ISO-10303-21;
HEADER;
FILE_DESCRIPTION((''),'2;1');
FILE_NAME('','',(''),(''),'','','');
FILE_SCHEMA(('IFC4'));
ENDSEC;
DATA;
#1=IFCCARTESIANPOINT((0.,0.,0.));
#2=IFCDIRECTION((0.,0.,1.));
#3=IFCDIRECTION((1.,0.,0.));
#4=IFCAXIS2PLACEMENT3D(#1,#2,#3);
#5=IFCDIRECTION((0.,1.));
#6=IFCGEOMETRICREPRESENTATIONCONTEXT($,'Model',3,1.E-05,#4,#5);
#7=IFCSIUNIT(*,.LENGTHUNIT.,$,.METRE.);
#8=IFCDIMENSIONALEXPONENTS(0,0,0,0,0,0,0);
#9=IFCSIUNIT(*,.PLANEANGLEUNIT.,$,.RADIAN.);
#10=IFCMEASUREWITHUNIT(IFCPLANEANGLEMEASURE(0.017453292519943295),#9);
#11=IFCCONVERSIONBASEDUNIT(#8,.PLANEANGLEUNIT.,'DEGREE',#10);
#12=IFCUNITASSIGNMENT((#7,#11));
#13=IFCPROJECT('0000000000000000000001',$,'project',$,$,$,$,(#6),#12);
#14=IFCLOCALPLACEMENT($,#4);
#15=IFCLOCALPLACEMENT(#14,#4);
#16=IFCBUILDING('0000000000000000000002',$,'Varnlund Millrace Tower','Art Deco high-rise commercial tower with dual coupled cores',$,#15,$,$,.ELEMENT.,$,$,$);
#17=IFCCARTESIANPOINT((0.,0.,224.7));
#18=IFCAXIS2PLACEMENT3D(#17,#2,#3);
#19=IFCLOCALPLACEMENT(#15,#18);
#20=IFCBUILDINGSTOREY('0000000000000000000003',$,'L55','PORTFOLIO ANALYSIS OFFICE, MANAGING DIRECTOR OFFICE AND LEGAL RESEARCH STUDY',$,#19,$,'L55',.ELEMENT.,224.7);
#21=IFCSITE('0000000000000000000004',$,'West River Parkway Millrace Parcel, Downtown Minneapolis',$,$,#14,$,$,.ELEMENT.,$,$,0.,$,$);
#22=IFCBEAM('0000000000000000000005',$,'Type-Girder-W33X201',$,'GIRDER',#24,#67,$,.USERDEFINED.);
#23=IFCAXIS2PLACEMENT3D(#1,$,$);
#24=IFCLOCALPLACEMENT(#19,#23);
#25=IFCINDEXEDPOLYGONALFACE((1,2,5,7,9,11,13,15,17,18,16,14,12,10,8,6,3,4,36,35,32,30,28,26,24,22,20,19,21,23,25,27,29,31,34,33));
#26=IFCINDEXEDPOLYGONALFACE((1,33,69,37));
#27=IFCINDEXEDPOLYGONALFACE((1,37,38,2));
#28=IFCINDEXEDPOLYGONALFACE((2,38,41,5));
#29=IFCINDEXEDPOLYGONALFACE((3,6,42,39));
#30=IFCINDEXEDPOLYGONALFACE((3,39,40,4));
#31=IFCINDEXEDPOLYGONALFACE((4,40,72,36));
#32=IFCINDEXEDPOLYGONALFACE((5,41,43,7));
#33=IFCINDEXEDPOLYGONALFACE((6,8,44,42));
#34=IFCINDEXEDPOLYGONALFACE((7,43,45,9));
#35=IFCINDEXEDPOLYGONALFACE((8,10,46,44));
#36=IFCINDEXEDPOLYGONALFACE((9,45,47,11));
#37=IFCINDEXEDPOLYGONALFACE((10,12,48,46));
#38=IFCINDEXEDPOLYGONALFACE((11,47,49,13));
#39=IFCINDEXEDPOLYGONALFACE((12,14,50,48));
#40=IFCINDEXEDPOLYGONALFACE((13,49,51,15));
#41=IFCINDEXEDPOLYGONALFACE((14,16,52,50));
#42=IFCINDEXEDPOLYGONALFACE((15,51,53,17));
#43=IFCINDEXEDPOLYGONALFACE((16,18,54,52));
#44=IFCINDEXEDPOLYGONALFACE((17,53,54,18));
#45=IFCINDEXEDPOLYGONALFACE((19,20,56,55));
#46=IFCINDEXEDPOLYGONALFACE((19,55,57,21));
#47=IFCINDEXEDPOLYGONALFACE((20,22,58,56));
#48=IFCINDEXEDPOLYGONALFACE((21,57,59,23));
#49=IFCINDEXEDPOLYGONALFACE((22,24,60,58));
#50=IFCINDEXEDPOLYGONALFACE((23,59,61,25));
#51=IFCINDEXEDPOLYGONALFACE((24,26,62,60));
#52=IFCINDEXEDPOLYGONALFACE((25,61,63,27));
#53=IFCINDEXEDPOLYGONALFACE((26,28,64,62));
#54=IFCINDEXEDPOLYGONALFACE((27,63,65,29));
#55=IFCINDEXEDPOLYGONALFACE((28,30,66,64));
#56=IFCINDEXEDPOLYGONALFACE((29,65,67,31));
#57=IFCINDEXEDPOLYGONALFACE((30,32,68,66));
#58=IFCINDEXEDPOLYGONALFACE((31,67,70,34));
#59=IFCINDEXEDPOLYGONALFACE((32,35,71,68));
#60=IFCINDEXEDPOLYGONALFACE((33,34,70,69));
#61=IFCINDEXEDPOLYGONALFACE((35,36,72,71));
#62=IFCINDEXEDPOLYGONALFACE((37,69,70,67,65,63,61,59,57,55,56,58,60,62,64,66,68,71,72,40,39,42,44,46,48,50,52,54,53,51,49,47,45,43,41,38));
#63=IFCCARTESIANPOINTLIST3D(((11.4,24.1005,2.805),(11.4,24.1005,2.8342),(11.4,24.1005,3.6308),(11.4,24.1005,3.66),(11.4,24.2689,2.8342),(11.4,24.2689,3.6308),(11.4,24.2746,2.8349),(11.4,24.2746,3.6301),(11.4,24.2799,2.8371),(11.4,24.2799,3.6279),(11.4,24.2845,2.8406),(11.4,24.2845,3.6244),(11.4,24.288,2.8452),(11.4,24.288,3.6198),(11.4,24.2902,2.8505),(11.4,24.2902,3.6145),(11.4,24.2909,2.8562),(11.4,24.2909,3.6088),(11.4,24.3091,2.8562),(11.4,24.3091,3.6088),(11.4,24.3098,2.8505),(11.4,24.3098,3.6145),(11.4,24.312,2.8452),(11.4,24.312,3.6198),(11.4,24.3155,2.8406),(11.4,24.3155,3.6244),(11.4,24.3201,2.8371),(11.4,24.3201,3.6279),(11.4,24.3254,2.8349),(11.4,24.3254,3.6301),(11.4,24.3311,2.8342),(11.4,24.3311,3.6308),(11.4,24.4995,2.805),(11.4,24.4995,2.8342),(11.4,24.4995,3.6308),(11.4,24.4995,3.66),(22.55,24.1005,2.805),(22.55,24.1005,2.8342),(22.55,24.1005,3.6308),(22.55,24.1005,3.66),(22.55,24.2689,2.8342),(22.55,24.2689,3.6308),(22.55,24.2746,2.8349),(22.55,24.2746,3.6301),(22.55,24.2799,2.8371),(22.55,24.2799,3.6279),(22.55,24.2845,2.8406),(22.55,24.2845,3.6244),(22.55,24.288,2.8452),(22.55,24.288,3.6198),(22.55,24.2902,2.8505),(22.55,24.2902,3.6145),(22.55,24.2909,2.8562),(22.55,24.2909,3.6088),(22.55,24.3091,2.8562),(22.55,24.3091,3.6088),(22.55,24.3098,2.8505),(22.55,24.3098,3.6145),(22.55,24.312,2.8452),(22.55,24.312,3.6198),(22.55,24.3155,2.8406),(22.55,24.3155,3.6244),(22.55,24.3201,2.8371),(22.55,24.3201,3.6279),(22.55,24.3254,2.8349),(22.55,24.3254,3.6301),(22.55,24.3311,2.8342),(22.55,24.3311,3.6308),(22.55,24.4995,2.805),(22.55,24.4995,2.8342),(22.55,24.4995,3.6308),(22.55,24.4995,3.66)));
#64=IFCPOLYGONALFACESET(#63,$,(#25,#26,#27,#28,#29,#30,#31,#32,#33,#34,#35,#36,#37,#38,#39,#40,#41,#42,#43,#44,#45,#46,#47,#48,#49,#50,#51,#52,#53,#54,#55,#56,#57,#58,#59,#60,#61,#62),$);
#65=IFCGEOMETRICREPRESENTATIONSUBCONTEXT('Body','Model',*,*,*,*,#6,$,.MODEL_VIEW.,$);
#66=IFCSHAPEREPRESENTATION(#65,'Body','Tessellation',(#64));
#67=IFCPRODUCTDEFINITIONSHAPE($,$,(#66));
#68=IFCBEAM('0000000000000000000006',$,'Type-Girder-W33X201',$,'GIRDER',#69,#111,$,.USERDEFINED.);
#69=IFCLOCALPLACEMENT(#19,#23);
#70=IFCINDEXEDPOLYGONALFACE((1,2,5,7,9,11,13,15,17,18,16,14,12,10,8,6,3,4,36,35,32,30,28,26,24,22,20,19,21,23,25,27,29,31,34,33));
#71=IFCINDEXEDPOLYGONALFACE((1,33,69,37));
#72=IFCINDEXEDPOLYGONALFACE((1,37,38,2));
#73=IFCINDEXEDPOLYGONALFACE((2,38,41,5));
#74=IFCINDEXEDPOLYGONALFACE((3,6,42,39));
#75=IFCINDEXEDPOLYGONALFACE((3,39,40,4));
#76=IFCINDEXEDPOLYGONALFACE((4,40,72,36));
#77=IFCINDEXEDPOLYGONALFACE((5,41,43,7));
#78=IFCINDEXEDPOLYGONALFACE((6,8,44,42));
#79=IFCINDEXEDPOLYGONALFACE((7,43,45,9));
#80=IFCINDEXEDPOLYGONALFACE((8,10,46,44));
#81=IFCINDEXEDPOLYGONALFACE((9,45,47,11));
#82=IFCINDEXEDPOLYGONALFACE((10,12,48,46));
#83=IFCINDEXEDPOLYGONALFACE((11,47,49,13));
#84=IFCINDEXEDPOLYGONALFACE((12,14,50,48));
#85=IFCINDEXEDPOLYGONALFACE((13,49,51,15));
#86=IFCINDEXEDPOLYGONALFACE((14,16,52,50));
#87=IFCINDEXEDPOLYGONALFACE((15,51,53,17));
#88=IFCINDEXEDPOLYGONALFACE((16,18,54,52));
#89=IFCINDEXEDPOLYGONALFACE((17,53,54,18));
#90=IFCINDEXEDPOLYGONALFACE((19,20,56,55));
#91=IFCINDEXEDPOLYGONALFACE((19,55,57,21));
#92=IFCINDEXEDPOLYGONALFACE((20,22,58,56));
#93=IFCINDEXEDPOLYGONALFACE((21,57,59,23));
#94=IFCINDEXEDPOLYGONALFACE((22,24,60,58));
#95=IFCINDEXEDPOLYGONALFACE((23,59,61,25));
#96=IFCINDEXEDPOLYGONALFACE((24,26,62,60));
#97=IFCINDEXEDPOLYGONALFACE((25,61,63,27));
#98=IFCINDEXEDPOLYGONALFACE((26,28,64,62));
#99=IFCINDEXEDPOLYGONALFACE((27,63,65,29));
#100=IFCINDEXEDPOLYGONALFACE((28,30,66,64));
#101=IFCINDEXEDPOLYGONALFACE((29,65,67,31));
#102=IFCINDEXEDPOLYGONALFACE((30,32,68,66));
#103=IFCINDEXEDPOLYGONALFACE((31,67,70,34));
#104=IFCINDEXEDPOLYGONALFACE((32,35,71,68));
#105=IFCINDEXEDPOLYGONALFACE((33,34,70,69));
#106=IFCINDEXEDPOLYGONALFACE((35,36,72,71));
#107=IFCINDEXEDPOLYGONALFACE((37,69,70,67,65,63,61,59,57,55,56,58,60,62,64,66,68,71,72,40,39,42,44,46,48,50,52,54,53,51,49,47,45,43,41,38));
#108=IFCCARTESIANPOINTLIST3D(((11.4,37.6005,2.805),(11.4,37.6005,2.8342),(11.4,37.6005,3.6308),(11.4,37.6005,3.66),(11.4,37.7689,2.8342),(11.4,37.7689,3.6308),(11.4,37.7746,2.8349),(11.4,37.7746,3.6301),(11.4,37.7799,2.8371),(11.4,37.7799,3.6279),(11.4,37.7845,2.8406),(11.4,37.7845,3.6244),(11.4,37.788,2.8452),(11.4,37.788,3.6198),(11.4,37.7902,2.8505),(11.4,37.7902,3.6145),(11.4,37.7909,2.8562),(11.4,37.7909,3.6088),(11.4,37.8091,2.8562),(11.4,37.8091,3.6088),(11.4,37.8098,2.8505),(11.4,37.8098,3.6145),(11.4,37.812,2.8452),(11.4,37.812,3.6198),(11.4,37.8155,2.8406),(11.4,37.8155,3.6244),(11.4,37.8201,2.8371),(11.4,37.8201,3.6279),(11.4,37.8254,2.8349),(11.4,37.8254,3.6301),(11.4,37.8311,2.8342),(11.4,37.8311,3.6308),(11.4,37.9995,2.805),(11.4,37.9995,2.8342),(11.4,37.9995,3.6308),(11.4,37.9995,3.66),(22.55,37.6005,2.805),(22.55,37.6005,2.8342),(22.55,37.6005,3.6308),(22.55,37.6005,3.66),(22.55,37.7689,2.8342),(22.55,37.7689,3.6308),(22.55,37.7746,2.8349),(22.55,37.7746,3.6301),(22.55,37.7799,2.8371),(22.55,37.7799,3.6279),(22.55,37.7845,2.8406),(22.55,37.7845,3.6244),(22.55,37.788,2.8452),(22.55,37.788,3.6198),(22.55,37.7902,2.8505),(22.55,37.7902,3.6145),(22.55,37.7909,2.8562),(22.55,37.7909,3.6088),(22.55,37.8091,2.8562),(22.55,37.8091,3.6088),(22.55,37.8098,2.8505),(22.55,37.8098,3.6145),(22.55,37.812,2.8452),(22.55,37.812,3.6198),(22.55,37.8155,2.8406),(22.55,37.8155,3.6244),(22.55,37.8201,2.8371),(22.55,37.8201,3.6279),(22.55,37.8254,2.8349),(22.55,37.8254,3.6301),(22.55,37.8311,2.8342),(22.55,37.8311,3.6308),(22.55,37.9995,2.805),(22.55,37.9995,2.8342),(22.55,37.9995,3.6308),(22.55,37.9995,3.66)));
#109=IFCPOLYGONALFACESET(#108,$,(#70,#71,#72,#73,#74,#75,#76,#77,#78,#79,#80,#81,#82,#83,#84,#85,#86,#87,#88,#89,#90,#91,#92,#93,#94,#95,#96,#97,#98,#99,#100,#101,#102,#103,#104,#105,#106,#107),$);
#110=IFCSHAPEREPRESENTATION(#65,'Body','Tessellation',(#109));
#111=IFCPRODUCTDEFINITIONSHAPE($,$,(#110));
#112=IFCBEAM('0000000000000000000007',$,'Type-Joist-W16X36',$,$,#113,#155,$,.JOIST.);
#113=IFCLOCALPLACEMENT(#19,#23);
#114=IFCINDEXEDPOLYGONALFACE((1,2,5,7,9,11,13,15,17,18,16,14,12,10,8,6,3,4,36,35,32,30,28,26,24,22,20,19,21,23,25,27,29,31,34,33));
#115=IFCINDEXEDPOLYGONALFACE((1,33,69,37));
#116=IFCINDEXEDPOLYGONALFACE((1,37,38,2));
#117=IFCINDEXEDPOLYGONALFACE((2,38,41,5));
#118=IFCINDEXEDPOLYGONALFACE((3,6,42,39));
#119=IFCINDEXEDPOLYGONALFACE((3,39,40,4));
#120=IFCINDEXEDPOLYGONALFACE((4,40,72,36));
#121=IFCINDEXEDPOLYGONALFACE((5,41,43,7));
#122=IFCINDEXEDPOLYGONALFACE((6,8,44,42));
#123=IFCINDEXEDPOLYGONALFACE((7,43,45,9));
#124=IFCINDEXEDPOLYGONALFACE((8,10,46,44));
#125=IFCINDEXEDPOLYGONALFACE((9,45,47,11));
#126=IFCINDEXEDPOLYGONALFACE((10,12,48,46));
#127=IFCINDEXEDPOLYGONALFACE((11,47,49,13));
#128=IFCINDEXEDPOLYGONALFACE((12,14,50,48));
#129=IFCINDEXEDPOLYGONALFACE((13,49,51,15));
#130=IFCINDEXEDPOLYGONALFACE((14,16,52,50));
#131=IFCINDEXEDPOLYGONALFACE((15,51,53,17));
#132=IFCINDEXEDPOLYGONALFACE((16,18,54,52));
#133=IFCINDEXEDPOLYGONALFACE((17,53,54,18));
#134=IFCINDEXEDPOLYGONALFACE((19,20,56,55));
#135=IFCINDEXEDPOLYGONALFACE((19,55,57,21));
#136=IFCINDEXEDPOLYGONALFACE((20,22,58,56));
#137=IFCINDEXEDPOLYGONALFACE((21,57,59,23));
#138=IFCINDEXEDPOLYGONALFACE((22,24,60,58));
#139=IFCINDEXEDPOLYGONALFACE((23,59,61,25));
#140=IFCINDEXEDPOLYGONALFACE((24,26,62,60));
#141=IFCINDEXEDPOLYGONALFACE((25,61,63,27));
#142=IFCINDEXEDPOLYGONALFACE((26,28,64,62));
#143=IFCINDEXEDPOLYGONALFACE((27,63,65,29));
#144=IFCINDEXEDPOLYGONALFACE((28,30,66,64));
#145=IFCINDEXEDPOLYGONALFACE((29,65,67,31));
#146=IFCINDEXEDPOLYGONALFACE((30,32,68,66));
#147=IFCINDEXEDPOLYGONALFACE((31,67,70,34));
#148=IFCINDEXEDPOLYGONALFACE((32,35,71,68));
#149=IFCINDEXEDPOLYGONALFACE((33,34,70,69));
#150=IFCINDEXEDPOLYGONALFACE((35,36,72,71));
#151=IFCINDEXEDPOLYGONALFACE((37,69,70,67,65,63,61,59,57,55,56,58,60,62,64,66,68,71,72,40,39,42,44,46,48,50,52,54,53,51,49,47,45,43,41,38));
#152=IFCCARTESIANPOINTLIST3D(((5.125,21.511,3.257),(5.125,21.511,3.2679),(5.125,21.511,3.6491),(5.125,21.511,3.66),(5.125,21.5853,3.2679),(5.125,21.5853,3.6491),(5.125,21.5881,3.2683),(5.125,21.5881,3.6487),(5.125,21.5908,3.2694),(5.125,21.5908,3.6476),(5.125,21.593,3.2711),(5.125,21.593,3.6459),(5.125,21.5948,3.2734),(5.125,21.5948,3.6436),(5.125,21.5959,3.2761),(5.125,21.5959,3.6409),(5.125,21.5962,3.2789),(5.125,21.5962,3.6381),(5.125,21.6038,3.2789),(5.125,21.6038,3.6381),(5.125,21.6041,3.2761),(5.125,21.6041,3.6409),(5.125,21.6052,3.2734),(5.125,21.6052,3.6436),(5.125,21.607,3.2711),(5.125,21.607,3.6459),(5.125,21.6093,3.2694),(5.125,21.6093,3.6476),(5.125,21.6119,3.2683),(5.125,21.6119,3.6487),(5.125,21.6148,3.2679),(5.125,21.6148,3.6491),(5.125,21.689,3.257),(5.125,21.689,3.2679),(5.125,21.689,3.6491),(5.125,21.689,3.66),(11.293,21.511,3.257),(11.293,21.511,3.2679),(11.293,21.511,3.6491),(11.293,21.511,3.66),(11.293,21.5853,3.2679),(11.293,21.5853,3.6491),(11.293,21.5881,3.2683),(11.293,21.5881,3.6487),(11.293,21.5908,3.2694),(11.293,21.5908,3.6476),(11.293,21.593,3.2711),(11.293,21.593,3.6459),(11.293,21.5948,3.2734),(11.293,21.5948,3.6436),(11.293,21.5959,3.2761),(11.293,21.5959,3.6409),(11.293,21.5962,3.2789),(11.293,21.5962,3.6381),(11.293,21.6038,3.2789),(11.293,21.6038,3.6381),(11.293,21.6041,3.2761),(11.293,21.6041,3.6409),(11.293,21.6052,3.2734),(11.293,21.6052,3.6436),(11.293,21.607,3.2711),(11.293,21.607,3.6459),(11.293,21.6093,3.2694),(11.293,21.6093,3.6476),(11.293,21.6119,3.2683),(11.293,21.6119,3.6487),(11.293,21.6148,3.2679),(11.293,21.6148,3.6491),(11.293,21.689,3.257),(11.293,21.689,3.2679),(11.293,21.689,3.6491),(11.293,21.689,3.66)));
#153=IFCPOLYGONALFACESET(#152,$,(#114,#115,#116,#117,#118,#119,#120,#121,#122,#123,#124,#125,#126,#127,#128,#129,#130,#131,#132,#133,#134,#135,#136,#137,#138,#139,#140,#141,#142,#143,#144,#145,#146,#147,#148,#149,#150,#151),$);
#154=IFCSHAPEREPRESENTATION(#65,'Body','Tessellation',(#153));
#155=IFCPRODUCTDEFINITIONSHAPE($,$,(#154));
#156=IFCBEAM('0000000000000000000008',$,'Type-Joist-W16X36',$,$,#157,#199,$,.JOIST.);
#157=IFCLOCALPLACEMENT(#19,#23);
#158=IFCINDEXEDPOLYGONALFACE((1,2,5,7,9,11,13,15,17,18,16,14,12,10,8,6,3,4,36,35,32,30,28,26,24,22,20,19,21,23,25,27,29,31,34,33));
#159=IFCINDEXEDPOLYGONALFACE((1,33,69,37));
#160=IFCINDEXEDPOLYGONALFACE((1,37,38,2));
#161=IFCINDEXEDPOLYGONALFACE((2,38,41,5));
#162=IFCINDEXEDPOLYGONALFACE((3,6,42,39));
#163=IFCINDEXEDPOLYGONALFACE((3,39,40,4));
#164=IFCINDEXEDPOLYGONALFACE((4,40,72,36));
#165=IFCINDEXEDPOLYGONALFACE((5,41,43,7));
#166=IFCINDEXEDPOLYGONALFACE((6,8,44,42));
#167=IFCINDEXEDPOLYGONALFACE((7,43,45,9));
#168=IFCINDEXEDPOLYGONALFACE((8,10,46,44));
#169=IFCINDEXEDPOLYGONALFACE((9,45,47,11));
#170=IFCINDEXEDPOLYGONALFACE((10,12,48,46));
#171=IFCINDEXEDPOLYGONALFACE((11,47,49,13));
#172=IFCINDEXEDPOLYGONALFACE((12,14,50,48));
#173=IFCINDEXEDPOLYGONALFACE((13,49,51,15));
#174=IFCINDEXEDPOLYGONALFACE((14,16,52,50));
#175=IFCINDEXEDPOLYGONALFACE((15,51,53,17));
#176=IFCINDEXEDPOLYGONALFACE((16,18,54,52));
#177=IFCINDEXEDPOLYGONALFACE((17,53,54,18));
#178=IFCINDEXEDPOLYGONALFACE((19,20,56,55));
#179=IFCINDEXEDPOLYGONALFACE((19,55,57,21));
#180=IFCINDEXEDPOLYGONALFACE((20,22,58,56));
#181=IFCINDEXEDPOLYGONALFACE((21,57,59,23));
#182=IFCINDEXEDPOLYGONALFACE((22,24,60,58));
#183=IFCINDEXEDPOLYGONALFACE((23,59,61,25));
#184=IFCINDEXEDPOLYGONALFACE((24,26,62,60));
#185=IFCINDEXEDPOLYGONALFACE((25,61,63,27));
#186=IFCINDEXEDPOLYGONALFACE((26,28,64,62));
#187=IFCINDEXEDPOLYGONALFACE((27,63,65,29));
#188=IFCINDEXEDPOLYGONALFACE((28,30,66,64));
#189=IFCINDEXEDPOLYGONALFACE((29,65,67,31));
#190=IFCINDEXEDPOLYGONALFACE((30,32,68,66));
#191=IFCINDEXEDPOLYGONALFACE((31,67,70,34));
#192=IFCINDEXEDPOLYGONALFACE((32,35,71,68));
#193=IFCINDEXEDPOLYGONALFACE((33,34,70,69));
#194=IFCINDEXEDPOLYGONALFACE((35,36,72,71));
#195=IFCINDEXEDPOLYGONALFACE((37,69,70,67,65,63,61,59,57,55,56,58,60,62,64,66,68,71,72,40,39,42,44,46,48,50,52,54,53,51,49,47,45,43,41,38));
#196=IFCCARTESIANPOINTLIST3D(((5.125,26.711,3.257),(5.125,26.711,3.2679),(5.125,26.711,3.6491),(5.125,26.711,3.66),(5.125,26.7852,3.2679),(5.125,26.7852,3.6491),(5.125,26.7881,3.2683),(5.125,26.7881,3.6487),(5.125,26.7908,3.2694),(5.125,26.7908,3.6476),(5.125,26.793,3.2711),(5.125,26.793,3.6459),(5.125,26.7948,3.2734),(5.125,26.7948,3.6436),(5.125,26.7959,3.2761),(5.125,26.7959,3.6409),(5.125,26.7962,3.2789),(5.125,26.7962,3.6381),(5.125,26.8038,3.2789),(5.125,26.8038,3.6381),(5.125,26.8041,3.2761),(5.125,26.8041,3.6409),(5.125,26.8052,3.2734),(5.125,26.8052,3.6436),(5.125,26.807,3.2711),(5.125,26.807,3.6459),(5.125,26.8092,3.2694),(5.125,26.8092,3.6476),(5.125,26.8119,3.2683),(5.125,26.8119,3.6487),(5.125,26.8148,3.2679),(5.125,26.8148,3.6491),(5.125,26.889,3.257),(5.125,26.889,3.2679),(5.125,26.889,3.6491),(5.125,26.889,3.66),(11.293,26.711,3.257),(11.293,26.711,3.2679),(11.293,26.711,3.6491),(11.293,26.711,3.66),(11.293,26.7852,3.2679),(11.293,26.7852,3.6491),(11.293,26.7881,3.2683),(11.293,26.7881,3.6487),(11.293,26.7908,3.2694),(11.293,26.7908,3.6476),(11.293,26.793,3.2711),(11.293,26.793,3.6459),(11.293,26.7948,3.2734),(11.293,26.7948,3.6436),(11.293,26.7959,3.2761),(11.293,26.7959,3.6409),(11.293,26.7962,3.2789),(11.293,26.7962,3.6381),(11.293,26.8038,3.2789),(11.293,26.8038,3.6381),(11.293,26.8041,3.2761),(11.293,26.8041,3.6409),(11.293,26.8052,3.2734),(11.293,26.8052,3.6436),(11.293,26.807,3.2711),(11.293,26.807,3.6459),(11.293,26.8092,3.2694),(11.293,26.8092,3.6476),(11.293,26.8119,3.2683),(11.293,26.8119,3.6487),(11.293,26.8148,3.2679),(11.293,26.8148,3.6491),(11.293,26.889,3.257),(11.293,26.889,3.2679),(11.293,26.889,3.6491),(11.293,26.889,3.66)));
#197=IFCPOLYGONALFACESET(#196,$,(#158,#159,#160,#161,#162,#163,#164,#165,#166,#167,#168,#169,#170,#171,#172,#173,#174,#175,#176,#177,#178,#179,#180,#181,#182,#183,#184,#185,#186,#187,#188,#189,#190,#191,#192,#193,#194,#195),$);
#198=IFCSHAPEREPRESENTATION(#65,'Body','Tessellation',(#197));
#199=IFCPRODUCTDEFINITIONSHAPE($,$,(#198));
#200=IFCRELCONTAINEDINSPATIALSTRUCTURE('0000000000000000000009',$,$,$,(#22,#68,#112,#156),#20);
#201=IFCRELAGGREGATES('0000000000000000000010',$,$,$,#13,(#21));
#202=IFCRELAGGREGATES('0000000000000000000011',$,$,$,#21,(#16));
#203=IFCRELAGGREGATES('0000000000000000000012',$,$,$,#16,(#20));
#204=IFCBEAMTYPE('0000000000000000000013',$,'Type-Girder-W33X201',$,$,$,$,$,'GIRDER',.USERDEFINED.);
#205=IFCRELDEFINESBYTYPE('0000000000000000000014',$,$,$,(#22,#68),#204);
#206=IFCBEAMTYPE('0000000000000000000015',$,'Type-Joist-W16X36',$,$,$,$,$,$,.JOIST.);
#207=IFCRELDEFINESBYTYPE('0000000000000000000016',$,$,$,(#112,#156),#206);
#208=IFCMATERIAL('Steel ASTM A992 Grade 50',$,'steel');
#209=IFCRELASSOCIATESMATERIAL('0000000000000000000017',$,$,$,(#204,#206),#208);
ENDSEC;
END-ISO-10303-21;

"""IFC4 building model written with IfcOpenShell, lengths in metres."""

from ifc_helpers import new_model, entity, si_unit, converted_unit, direction, frame, origin_with_axes, origin_2d_with_axis, place, context, subcontext, project, spatial, i_section, extrude, material, material_profile, profile_set, type_object, element, save


model = new_model("IFC4")

# Units and contexts
model_context = context("Model", 3, precision=1e-05, world=origin_with_axes(), true_north=direction((0.0, 1.0)))
body_context = subcontext(model_context, "Body", "Model", "MODEL_VIEW")
ifc_project = project(units=[si_unit("LENGTHUNIT", "METRE"), converted_unit("PLANEANGLEUNIT", "DEGREE", entity("IfcPlaneAngleMeasure", 0.017453292519943295), si_unit("PLANEANGLEUNIT", "RADIAN"), dimensions=[0, 0, 0, 0, 0, 0, 0])], contexts=[model_context])

# Site, building, storey
site_placement = place(None, origin_with_axes())
site = spatial("IfcSite", under=ifc_project, at=site_placement, Name="West River Parkway Millrace Parcel, Downtown Minneapolis", CompositionType="ELEMENT", RefElevation=0.0)
building_placement = place(site_placement, origin_with_axes())
building = spatial("IfcBuilding", under=site, at=building_placement, Name="Varnlund Millrace Tower", Description="Art Deco high-rise commercial tower with dual coupled cores", CompositionType="ELEMENT")
storey_placement = place(building_placement, frame((0.0, 0.0, 224.7), z_axis=(0.0, 0.0, 1.0), x_axis=(1.0, 0.0, 0.0)))
storey = spatial("IfcBuildingStorey", under=building, at=storey_placement, Name="L55", Description="PORTFOLIO ANALYSIS OFFICE, MANAGING DIRECTOR OFFICE AND LEGAL RESEARCH STUDY", LongName="L55", CompositionType="ELEMENT", Elevation=224.7)

# Beams
ifc_material_1 = material(Name="Steel ASTM A992 Grade 50", Category="steel")
ifc_material_profile_1 = material_profile(ifc_material_1, i_section(OverallWidth=0.399, OverallDepth=0.855, WebThickness=0.0182, FlangeThickness=0.0292, FilletRadius=0.022, at=origin_2d_with_axis()), Name="Steel ASTM A992 Grade 50")
ifc_profile_set_1 = profile_set([ifc_material_profile_1], Name="Steel ASTM A992 Grade 50")
beam_type_1 = type_object("IfcBeamType", Name="Type-Girder-W33X201", ElementType="GIRDER", PredefinedType="USERDEFINED", material=ifc_profile_set_1)
for number, where, z_axis, x_axis, name in (
    (1, (11.4, 24.3, 3.2325), (1.0, 0.0, 0.0), (0.0, 1.0, 0.0), "Type-Girder-W33X201"),
    (2, (11.4, 37.8, 3.2325), (1.0, 0.0, 0.0), (0.0, 1.0, 0.0), "Type-Girder-W33X201"),
):
    element("IfcBeam", number, at=place(storey_placement, frame(where, z_axis=z_axis, x_axis=x_axis)), inside=storey, type_object=beam_type_1, Name=name, ObjectType="GIRDER", PredefinedType="USERDEFINED", context=body_context, shape_type="SweptSolid", body=[
        extrude(i_section(OverallWidth=0.399, OverallDepth=0.855, WebThickness=0.0182, FlangeThickness=0.0292, FilletRadius=0.022, at=origin_2d_with_axis()), origin_with_axes(), (0.0, 0.0, 1.0), 11.15),
    ])
ifc_material_profile_2 = material_profile(ifc_material_1, i_section(OverallWidth=0.178, OverallDepth=0.403, WebThickness=0.0075, FlangeThickness=0.0109, FilletRadius=0.011, at=origin_2d_with_axis()), Name="Steel ASTM A992 Grade 50")
ifc_profile_set_2 = profile_set([ifc_material_profile_2], Name="Steel ASTM A992 Grade 50")
beam_type_2 = type_object("IfcBeamType", Name="Type-Joist-W16X36", PredefinedType="JOIST", material=ifc_profile_set_2)
for number, where, z_axis, x_axis, name in (
    (3, (5.125, 21.6, 3.4585), (1.0, 0.0, 0.0), (0.0, 1.0, 0.0), "Type-Joist-W16X36"),
    (4, (5.125, 26.8, 3.4585), (1.0, 0.0, 0.0), (0.0, 1.0, 0.0), "Type-Joist-W16X36"),
):
    element("IfcBeam", number, at=place(storey_placement, frame(where, z_axis=z_axis, x_axis=x_axis)), inside=storey, type_object=beam_type_2, Name=name, PredefinedType="JOIST", context=body_context, shape_type="SweptSolid", body=[
        extrude(i_section(OverallWidth=0.178, OverallDepth=0.403, WebThickness=0.0075, FlangeThickness=0.0109, FilletRadius=0.011, at=origin_2d_with_axis()), origin_with_axes(), (0.0, 0.0, 1.0), 6.168),
    ])

save(model, "model.ifc")
